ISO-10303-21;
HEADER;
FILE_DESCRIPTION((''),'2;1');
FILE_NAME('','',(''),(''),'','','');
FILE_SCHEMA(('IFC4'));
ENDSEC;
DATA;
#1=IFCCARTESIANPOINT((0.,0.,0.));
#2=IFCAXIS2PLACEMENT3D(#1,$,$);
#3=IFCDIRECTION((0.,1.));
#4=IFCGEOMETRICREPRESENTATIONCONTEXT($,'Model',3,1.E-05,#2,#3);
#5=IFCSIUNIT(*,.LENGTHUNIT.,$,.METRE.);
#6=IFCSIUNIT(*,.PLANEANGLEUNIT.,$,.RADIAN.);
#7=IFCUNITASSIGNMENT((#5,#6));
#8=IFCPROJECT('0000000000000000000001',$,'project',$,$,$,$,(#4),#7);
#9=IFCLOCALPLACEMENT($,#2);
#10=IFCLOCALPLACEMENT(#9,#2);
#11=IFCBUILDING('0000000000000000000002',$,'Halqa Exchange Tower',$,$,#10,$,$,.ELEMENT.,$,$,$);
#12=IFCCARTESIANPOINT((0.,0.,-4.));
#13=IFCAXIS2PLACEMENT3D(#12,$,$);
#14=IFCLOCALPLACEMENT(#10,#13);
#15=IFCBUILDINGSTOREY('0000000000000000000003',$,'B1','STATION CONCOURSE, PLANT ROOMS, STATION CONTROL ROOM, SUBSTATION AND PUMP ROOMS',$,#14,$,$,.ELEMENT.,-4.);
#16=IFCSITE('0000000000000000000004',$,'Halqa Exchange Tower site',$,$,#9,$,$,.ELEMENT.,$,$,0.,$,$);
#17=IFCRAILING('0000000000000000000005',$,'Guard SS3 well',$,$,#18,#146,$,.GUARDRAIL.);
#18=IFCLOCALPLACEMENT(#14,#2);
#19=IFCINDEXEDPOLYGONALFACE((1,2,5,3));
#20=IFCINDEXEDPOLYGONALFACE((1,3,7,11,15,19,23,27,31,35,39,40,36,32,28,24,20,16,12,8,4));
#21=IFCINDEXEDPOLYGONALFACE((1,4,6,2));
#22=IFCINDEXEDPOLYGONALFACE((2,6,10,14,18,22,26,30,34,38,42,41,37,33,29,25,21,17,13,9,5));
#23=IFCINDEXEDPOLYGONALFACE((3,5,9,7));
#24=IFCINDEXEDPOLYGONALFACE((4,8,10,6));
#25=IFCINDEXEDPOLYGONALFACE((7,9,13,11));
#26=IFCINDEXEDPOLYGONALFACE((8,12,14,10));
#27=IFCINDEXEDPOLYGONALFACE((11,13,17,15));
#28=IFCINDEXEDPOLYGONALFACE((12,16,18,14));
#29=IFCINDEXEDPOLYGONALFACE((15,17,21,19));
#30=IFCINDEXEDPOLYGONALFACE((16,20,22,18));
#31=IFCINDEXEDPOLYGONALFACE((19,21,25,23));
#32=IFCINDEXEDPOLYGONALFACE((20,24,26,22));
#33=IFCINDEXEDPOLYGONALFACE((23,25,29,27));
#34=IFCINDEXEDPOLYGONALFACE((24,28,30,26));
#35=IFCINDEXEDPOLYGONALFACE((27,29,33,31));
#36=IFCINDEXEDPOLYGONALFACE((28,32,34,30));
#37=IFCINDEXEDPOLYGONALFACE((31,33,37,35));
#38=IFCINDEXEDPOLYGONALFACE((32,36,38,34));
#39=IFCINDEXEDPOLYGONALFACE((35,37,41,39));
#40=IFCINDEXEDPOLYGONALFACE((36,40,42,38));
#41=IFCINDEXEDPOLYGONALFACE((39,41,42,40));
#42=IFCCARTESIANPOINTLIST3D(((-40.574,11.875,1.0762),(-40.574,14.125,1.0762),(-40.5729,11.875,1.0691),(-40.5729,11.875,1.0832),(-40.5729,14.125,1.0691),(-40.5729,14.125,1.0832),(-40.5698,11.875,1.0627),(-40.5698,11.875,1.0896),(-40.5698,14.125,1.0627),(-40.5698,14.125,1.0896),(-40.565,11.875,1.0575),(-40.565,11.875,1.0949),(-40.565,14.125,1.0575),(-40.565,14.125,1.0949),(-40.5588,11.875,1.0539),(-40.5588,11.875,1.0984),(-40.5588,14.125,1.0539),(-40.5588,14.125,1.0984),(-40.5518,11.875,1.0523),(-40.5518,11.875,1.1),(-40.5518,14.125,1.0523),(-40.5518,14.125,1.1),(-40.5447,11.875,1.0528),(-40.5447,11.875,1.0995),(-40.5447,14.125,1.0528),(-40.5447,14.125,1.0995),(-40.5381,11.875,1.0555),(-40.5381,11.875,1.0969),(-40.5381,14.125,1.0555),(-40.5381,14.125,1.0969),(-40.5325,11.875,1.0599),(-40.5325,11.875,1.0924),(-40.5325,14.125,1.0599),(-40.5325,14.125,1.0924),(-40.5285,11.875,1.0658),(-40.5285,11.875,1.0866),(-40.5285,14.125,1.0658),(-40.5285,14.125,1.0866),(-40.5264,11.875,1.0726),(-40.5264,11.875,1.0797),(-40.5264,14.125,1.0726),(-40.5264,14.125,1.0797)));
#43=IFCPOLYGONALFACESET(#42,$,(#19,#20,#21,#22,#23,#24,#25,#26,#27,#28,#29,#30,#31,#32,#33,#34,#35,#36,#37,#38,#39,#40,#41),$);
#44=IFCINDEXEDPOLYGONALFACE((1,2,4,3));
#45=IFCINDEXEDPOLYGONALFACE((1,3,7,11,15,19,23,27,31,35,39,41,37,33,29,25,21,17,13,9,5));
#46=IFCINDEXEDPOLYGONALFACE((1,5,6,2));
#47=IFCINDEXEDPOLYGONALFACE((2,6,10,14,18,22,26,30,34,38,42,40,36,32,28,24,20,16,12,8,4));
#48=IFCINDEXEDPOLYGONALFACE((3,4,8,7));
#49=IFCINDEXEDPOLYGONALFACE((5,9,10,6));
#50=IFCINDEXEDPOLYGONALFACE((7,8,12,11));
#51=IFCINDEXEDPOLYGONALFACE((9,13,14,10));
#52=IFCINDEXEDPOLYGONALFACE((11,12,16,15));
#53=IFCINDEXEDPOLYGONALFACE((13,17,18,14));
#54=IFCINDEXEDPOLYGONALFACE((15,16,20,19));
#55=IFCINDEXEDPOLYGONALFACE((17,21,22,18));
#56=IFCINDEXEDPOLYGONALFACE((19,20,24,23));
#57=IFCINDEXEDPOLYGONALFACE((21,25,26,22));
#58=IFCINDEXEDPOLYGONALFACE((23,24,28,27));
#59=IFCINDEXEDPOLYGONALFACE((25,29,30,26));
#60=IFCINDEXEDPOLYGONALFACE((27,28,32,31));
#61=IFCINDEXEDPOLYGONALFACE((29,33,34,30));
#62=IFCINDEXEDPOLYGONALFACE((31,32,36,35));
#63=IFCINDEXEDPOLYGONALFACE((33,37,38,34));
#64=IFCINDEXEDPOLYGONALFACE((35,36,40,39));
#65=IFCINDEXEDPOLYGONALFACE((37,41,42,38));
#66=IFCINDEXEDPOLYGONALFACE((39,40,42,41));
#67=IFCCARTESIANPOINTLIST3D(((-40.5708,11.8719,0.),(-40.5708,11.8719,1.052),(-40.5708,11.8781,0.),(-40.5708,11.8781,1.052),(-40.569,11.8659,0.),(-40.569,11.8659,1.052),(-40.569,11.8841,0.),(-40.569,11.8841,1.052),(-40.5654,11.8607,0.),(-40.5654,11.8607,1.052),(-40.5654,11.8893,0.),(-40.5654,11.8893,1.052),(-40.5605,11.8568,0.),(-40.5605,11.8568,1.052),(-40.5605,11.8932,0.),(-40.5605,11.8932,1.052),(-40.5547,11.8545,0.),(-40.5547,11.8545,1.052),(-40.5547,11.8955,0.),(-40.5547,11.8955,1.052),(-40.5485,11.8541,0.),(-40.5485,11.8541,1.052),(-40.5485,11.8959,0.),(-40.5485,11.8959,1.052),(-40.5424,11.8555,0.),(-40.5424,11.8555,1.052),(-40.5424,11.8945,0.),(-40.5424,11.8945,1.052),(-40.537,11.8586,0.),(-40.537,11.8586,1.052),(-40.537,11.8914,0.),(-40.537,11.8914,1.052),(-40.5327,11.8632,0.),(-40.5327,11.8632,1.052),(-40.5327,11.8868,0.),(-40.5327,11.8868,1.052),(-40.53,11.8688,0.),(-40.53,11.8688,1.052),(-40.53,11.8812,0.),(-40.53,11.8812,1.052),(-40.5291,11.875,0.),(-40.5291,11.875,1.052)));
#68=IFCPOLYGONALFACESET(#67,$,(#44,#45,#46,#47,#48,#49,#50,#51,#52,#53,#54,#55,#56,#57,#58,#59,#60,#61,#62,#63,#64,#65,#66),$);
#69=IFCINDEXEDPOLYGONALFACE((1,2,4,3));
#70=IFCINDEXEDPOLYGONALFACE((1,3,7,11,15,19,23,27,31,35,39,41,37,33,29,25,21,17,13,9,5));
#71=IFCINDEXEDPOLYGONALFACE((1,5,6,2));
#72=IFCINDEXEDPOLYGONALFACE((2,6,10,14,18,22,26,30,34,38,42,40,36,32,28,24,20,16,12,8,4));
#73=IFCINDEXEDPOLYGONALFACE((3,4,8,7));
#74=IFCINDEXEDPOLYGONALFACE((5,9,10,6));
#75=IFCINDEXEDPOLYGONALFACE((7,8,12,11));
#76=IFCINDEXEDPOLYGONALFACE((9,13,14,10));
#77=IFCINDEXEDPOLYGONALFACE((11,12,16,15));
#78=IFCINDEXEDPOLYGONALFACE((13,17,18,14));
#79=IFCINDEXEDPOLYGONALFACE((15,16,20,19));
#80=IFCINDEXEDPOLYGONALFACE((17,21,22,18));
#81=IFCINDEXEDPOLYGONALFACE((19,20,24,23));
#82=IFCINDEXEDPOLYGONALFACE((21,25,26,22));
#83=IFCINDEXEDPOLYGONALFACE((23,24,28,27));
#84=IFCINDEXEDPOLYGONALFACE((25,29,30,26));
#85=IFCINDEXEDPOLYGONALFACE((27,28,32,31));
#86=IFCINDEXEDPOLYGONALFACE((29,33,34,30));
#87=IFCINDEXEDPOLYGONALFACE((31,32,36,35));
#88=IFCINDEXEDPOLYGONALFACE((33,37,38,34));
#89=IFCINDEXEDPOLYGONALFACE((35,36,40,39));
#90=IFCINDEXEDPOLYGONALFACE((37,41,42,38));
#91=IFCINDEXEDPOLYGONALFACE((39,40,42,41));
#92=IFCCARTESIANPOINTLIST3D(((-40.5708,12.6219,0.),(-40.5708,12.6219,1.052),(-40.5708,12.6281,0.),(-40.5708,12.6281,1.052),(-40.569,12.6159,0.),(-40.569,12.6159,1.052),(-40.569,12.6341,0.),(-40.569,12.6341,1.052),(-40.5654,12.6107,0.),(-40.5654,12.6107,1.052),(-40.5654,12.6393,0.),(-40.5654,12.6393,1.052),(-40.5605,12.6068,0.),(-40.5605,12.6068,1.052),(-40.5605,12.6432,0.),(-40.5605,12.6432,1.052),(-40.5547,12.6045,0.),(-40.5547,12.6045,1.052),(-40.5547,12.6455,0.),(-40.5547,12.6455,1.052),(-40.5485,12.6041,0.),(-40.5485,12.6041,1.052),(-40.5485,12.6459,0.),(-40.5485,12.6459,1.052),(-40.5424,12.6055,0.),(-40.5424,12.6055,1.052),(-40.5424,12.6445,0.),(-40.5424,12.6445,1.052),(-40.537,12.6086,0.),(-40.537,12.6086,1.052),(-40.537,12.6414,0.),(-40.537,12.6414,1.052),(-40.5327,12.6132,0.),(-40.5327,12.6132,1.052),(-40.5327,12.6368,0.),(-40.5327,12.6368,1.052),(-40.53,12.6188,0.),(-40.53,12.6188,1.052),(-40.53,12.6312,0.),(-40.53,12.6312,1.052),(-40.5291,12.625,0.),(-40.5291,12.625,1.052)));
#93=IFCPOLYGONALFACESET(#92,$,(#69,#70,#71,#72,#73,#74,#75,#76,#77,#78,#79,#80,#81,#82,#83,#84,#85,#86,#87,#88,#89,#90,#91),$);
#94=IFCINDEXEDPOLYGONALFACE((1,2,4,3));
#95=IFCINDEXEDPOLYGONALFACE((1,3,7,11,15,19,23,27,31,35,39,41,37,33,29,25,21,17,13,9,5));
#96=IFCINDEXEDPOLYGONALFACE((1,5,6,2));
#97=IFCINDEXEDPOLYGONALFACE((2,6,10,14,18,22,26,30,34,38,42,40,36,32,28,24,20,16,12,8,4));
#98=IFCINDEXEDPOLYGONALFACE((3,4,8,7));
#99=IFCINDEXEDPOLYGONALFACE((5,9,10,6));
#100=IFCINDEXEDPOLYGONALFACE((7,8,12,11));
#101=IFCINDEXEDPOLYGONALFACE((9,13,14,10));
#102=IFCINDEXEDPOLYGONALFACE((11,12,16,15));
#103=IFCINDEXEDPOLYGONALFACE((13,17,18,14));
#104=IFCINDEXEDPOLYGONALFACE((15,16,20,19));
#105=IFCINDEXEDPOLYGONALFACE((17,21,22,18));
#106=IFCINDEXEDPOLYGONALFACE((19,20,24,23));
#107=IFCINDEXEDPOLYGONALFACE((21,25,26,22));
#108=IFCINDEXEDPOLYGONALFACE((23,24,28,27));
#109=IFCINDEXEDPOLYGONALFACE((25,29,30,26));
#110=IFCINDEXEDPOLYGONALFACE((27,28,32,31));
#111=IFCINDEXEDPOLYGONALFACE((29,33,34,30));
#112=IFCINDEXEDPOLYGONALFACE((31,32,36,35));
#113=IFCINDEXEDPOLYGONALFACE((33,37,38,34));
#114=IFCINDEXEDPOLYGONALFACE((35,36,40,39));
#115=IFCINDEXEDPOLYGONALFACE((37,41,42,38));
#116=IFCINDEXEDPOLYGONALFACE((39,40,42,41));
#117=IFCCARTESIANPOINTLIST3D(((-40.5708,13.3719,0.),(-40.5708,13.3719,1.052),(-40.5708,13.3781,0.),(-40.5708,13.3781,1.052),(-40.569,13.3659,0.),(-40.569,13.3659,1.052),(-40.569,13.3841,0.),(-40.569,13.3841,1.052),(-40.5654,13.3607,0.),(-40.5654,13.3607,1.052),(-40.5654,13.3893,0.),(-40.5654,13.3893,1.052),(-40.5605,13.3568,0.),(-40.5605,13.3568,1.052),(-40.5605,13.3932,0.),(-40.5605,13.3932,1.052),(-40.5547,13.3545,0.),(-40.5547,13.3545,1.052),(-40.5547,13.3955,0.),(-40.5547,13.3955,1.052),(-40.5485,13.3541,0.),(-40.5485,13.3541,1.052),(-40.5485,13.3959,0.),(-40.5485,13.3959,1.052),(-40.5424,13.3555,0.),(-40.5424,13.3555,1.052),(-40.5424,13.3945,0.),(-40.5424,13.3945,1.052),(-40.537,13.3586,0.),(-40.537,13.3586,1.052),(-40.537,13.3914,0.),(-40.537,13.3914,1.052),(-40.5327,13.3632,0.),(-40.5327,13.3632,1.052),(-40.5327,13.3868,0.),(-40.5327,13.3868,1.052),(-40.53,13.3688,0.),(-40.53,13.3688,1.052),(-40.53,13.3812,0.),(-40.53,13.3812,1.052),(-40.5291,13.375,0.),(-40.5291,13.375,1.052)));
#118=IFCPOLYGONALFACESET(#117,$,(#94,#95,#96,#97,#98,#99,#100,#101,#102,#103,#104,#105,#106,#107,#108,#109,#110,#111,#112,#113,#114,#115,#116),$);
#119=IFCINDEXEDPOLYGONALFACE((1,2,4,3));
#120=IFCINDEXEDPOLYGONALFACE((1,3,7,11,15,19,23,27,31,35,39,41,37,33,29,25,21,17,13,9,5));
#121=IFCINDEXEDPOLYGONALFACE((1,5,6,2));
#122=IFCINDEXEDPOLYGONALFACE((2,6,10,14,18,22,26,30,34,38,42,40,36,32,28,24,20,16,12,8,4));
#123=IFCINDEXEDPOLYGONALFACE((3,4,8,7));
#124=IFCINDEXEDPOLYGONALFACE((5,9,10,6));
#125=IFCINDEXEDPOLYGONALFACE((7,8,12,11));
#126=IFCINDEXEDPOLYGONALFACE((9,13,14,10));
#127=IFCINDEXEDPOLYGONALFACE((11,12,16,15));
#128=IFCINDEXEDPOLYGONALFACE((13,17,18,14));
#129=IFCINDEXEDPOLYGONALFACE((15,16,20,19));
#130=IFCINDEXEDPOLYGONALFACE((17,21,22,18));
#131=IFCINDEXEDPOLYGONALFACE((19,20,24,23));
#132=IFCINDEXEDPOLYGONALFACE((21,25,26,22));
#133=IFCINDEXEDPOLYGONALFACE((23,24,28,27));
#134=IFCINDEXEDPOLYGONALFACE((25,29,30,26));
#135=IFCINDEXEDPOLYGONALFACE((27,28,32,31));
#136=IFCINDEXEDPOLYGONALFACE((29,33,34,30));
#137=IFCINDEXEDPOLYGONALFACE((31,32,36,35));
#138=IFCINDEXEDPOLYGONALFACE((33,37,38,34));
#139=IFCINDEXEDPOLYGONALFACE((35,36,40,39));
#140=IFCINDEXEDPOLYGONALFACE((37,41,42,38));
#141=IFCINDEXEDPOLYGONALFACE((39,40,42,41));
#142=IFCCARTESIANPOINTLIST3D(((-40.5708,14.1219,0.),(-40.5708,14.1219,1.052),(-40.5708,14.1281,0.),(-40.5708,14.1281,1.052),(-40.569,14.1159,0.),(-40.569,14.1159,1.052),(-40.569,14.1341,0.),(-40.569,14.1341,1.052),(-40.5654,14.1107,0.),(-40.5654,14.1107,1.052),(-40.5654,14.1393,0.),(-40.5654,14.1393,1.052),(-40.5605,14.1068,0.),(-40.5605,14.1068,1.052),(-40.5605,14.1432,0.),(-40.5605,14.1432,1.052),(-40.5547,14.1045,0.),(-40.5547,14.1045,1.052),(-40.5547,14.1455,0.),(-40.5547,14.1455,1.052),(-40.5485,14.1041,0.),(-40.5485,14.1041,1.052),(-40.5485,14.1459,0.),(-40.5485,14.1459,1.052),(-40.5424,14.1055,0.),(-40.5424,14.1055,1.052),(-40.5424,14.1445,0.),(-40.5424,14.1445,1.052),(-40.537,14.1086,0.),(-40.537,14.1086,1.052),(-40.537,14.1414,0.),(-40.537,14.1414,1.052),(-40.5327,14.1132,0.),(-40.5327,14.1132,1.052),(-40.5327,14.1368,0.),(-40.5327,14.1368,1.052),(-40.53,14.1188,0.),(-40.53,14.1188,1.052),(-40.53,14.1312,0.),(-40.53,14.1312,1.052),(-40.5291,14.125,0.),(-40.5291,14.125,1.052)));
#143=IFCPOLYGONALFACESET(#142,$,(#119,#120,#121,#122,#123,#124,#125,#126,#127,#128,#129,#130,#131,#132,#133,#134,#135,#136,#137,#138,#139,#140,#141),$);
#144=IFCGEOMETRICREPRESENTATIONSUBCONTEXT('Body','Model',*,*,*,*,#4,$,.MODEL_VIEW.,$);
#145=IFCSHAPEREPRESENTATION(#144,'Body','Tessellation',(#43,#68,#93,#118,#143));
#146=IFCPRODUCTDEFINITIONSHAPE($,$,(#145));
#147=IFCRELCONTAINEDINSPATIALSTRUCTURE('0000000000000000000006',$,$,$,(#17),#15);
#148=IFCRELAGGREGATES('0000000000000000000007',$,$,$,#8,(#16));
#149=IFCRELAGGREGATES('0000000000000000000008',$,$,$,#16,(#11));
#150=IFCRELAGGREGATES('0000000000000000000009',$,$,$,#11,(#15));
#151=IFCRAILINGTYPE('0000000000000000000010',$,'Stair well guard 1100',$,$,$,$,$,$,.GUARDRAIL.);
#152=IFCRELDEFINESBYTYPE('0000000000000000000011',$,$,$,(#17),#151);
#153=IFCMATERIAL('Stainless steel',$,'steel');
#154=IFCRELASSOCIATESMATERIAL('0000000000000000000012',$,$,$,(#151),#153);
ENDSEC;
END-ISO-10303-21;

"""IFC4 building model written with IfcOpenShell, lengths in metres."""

from ifc_helpers import new_model, si_unit, direction, frame, origin, origin_2d, place, context, subcontext, project, spatial, circle, extrude, material, type_object, element, save


model = new_model("IFC4")

# Units and contexts
model_context = context("Model", 3, precision=1e-05, world=origin(), true_north=direction((0.0, 1.0)))
body_context = subcontext(model_context, "Body", "Model", "MODEL_VIEW")
ifc_project = project(units=[si_unit("LENGTHUNIT", "METRE"), si_unit("PLANEANGLEUNIT", "RADIAN")], contexts=[model_context])

# Site, building, storey
site_placement = place(None, origin())
site = spatial("IfcSite", under=ifc_project, at=site_placement, Name="Halqa Exchange Tower site", CompositionType="ELEMENT", RefElevation=0.0)
building_placement = place(site_placement, origin())
building = spatial("IfcBuilding", under=site, at=building_placement, Name="Halqa Exchange Tower", CompositionType="ELEMENT")
storey_placement = place(building_placement, frame((0.0, 0.0, -4.0)))
storey = spatial("IfcBuildingStorey", under=building, at=storey_placement, Name="B1", Description="STATION CONCOURSE, PLANT ROOMS, STATION CONTROL ROOM, SUBSTATION AND PUMP ROOMS", CompositionType="ELEMENT", Elevation=-4.0)

# Railing
ifc_material_1 = material(Name="Stainless steel", Category="steel")
railing_type_1 = type_object("IfcRailingType", Name="Stair well guard 1100", PredefinedType="GUARDRAIL", material=ifc_material_1)
railing_1_placement = place(storey_placement, frame((-40.55, 11.875, 0.0)))
element("IfcRailing", 1, at=railing_1_placement, inside=storey, type_object=railing_type_1, Name="Guard SS3 well", PredefinedType="GUARDRAIL", context=body_context, shape_type="SweptSolid", body=[
    extrude(circle(Radius=0.0239, at=origin_2d()), frame((0.0, 0.0, 1.0762), z_axis=(0.0, 1.0, 0.0), x_axis=(-1.0, 0.0, 0.0)), (0.0, 0.0, 1.0), 2.25),
    extrude(circle(Radius=0.021, at=origin_2d()), origin(), (0.0, 0.0, 1.0), 1.052),
    extrude(circle(Radius=0.021, at=origin_2d()), frame((0.0, 0.75, 0.0)), (0.0, 0.0, 1.0), 1.052),
    extrude(circle(Radius=0.021, at=origin_2d()), frame((0.0, 1.5, 0.0)), (0.0, 0.0, 1.0), 1.052),
    extrude(circle(Radius=0.021, at=origin_2d()), frame((0.0, 2.25, 0.0)), (0.0, 0.0, 1.0), 1.052),
])

save(model, "model.ifc")
